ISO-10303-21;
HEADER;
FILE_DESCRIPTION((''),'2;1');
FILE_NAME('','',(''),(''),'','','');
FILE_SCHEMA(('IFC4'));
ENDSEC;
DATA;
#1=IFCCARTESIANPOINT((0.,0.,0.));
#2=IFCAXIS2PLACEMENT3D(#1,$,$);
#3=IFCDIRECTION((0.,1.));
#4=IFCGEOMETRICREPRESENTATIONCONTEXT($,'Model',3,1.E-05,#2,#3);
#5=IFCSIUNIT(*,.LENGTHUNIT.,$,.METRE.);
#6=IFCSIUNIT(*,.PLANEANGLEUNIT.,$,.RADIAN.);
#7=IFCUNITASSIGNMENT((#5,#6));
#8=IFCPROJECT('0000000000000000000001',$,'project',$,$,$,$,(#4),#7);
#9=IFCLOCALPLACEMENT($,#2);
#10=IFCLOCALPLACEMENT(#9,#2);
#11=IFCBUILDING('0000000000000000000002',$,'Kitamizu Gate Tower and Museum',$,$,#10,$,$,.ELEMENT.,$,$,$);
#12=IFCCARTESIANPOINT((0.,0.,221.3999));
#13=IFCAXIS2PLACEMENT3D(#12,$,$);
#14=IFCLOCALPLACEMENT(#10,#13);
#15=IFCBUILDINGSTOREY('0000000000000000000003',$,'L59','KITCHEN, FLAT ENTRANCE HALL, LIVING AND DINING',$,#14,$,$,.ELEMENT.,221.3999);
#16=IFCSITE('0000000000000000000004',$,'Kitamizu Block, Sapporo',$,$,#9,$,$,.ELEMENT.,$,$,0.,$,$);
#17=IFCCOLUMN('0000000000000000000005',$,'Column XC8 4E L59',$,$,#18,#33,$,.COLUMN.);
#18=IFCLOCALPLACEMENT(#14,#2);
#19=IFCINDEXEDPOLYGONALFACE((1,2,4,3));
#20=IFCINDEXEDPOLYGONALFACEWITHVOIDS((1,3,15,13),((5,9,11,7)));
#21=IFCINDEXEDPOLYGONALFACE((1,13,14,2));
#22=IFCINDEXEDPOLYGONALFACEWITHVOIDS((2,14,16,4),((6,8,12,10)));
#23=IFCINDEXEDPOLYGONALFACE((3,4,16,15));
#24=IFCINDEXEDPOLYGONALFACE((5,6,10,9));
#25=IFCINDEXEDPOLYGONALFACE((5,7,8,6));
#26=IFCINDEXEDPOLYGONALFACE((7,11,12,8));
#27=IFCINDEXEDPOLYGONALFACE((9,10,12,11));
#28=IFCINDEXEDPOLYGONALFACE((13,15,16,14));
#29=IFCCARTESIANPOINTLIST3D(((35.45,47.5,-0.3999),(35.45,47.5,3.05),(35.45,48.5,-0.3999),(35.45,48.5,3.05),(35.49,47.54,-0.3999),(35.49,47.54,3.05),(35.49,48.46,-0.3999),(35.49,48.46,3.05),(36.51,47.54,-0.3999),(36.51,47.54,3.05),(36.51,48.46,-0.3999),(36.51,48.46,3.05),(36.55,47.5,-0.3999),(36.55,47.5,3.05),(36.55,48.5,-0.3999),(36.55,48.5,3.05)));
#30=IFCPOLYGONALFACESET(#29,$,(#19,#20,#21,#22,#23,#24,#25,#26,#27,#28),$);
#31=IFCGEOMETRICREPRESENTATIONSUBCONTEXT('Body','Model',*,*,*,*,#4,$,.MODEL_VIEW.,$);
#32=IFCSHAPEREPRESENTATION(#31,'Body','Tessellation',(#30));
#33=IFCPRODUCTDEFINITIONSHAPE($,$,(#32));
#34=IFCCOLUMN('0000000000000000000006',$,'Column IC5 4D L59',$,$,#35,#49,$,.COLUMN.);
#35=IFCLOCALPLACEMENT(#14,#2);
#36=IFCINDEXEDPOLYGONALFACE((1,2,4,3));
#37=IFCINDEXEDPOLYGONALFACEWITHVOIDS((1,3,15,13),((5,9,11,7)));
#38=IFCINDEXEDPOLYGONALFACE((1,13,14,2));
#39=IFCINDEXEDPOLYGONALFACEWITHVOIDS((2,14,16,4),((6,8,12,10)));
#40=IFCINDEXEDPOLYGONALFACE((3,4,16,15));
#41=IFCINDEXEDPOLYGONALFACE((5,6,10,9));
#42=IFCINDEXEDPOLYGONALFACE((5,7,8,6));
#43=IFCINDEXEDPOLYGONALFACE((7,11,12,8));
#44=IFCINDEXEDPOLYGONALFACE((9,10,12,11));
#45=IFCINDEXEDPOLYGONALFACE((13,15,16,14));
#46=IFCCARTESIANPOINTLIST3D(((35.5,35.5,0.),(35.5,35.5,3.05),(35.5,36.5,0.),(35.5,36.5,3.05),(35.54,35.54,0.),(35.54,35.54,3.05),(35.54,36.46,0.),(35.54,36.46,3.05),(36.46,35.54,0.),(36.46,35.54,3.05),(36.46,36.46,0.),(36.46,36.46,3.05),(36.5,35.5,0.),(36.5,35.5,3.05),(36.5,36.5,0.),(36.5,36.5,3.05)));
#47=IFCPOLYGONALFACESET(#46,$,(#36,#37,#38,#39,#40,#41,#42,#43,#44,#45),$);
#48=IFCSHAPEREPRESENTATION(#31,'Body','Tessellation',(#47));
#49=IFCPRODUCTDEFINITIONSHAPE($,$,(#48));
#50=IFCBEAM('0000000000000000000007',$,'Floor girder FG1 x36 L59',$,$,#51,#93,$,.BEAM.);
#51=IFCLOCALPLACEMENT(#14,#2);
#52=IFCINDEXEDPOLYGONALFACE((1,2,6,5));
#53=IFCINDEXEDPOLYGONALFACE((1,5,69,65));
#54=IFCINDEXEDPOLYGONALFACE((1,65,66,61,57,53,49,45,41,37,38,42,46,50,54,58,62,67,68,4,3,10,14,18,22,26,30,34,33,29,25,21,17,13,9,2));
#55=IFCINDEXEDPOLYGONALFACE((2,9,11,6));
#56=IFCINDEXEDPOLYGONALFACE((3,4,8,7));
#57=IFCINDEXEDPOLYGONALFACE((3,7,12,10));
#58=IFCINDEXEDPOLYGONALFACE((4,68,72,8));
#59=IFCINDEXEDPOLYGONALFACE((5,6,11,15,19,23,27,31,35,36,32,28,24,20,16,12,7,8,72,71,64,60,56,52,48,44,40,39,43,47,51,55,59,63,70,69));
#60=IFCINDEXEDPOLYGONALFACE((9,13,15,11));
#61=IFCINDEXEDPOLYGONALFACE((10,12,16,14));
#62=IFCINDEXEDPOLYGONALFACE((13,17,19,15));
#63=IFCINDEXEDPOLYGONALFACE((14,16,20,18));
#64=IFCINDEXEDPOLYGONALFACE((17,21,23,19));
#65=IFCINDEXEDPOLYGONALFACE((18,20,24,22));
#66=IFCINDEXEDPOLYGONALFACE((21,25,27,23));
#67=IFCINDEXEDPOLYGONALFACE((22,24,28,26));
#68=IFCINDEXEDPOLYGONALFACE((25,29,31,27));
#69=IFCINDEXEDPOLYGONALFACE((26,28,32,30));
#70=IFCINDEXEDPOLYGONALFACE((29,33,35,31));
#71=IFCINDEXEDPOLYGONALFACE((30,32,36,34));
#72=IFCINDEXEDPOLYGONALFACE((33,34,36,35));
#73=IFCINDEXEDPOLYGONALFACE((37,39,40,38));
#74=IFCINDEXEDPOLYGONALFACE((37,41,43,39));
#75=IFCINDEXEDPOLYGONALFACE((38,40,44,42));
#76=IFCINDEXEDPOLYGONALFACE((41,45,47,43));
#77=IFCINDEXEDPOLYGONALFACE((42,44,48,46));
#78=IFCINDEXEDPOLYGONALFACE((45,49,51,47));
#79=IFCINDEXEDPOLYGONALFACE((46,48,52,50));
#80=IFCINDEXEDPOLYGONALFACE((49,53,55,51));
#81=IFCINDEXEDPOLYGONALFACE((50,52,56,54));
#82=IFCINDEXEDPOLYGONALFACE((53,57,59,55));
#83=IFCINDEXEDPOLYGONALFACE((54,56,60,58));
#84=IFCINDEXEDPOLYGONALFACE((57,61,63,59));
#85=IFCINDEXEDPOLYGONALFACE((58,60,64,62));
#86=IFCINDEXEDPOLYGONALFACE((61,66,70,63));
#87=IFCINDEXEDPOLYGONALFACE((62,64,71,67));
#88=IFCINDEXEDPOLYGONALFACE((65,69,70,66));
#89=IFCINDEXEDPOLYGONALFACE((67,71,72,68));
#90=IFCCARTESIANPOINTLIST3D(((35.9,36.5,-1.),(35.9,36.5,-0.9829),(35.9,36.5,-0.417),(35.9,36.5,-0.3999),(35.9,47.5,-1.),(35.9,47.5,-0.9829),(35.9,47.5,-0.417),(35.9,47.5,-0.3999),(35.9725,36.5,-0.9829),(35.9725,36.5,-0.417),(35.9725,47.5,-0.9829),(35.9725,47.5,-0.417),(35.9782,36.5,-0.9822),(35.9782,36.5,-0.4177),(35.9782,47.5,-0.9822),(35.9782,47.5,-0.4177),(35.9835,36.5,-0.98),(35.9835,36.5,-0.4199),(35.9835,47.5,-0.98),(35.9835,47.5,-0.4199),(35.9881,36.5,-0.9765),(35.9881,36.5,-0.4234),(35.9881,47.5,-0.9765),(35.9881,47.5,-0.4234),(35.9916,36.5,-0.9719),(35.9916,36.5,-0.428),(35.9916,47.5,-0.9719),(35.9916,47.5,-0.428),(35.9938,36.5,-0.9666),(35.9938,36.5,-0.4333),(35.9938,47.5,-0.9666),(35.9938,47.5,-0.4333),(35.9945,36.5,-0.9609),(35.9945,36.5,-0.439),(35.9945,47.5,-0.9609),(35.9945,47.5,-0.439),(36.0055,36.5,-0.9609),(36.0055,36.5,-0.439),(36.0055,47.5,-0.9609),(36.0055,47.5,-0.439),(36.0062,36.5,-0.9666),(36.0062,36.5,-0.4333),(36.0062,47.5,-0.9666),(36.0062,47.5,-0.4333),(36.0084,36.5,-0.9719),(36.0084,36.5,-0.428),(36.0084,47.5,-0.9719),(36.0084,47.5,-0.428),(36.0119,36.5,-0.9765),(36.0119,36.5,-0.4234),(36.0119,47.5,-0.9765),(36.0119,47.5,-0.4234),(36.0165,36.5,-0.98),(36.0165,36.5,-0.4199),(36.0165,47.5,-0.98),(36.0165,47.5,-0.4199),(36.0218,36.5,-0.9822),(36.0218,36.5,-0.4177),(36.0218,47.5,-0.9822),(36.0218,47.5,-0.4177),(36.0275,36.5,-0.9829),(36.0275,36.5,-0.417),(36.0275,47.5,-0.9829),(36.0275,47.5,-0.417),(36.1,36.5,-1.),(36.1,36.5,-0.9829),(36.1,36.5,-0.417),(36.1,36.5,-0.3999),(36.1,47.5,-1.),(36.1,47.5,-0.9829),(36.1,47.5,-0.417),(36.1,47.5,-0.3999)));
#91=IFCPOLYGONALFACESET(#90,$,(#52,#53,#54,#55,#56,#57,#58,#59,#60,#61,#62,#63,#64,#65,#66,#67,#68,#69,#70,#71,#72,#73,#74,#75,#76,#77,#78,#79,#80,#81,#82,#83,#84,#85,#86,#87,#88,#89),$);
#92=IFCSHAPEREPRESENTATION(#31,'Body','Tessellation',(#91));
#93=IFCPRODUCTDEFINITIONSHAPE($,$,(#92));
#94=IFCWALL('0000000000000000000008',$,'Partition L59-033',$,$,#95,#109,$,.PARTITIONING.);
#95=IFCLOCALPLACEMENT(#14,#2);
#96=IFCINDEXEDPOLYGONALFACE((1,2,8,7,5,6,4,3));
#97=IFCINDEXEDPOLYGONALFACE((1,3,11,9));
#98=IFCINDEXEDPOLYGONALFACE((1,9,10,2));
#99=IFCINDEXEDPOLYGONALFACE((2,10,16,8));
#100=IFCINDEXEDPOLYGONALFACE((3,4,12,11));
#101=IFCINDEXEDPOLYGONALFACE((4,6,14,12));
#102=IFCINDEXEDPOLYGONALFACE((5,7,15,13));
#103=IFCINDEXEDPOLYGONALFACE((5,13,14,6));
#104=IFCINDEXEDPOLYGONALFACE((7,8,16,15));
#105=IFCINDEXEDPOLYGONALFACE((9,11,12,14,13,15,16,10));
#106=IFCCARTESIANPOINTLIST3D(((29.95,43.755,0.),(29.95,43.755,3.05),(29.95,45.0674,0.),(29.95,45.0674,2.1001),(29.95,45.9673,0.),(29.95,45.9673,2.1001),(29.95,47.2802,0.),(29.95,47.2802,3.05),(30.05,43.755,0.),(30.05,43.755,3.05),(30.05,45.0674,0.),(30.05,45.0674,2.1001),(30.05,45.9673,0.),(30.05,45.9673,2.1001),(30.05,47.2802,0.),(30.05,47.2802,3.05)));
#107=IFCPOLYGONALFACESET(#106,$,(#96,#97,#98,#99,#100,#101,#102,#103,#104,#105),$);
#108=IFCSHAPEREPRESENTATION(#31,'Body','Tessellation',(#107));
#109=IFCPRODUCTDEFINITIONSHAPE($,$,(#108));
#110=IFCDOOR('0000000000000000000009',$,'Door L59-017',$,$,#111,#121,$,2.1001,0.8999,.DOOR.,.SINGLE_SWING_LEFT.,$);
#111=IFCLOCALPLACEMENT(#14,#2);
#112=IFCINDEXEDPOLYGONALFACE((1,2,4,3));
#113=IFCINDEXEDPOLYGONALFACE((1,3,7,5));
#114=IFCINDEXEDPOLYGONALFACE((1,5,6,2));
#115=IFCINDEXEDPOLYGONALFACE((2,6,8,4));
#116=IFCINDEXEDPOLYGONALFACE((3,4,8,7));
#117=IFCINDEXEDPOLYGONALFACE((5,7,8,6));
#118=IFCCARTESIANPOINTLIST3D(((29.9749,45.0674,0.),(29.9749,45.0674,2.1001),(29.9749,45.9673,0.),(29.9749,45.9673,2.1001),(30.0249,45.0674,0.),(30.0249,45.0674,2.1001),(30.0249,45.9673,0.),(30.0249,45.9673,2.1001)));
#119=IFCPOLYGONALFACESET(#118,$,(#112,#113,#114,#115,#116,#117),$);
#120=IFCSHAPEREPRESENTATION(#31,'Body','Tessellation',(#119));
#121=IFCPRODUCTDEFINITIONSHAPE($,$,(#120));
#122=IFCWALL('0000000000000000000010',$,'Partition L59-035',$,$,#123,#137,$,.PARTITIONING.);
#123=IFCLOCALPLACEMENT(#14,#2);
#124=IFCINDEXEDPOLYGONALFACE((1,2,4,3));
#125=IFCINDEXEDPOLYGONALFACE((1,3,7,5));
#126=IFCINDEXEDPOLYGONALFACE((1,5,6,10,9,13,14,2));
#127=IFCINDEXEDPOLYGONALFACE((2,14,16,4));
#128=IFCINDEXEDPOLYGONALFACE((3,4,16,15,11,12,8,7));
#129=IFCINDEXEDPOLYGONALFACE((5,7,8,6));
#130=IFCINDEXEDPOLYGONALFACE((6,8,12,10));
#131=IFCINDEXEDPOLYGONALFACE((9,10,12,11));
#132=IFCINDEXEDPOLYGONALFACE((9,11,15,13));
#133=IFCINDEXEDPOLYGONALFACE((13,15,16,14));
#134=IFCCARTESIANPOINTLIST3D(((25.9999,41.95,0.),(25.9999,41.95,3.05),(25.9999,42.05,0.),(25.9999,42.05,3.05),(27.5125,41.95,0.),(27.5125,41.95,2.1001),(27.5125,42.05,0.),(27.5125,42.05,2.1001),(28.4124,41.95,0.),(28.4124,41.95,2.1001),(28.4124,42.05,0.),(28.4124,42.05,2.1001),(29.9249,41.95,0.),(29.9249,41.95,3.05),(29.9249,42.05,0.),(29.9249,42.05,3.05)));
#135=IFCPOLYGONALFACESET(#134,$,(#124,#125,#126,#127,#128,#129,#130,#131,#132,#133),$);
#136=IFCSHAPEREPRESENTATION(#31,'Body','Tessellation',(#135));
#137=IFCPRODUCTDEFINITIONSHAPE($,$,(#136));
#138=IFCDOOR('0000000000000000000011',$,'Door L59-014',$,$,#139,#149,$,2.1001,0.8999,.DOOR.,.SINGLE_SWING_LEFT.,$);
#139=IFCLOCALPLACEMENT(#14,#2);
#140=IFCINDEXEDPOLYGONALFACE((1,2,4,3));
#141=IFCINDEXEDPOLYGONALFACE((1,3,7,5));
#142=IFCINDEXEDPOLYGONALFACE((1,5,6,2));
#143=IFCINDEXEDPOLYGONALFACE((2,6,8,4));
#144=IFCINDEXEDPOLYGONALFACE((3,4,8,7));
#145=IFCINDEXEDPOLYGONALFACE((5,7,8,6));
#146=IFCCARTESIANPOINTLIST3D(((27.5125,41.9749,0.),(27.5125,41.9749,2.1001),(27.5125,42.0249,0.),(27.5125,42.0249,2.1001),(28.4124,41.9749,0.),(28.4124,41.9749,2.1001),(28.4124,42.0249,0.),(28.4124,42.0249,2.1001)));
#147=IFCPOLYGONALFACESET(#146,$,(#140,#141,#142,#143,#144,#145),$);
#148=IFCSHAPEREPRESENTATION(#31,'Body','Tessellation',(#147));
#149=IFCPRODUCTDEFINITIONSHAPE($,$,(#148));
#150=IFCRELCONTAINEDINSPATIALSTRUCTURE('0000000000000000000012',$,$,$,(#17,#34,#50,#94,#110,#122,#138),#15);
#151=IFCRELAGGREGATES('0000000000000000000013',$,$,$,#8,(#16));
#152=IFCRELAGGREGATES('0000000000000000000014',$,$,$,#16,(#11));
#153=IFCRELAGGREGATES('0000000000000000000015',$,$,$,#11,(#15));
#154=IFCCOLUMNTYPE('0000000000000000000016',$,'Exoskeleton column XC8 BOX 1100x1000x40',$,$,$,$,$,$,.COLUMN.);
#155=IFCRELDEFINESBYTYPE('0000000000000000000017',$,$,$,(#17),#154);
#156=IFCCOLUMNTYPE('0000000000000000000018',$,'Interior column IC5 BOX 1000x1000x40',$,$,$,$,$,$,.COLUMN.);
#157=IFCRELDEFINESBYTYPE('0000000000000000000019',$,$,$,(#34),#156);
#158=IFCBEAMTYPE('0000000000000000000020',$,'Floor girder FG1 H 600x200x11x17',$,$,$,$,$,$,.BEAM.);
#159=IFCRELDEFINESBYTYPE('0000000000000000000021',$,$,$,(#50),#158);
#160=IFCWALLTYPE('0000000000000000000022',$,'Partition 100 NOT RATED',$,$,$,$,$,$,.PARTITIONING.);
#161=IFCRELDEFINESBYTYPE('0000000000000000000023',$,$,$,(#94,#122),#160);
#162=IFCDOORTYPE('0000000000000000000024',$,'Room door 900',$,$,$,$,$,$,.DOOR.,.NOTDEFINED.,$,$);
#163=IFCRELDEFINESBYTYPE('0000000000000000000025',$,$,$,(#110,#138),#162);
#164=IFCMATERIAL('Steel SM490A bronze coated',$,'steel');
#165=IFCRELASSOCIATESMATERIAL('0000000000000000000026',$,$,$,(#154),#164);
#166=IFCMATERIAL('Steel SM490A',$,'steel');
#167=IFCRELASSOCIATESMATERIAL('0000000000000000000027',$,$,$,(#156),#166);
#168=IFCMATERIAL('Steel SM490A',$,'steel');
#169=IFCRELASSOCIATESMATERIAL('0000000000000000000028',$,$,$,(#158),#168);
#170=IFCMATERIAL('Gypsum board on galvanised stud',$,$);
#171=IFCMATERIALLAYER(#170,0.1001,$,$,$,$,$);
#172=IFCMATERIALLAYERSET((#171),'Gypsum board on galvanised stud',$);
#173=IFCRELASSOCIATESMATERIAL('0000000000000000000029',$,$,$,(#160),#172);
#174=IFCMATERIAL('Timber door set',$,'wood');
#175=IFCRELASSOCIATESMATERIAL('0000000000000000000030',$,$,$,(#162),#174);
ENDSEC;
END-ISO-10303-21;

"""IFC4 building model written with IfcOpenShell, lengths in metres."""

from ifc_helpers import new_model, si_unit, direction, frame, frame_2d, origin, origin_2d, place, context, subcontext, project, spatial, rectangle, hollow_rectangle, i_section, extrude, material, layer, layer_set, material_profile, profile_set, type_object, element, fill, save


model = new_model("IFC4")

# Units and contexts
model_context = context("Model", 3, precision=1e-05, world=origin(), true_north=direction((0.0, 1.0)))
body_context = subcontext(model_context, "Body", "Model", "MODEL_VIEW")
ifc_project = project(units=[si_unit("LENGTHUNIT", "METRE"), si_unit("PLANEANGLEUNIT", "RADIAN")], contexts=[model_context])

# Site, building, storey
site_placement = place(None, origin())
site = spatial("IfcSite", under=ifc_project, at=site_placement, Name="Kitamizu Block, Sapporo", CompositionType="ELEMENT", RefElevation=0.0)
building_placement = place(site_placement, origin())
building = spatial("IfcBuilding", under=site, at=building_placement, Name="Kitamizu Gate Tower and Museum", CompositionType="ELEMENT")
storey_placement = place(building_placement, frame((0.0, 0.0, 221.3999)))
storey = spatial("IfcBuildingStorey", under=building, at=storey_placement, Name="L59", Description="KITCHEN, FLAT ENTRANCE HALL, LIVING AND DINING", CompositionType="ELEMENT", Elevation=221.3999)

# Columns
ifc_material_1 = material(Name="Steel SM490A bronze coated", Category="steel")
ifc_material_profile_1 = material_profile(ifc_material_1, hollow_rectangle(XDim=1.1001, YDim=1.0, WallThickness=0.04, at=origin_2d()), Name="BOX 1100x1000x40")
ifc_profile_set_1 = profile_set([ifc_material_profile_1], Name="Steel SM490A bronze coated")
column_type_1 = type_object("IfcColumnType", Name="Exoskeleton column XC8 BOX 1100x1000x40", PredefinedType="COLUMN", material=ifc_profile_set_1)
column_1_placement = place(storey_placement, frame((36.0, 48.0, -0.3999), z_axis=(0.0, 0.0, 1.0), x_axis=(1.0, 0.0, 0.0)))
element("IfcColumn", 1, at=column_1_placement, inside=storey, type_object=column_type_1, Name="Column XC8 4E L59", PredefinedType="COLUMN", context=body_context, shape_type="SweptSolid", body=[
    extrude(hollow_rectangle(XDim=1.1001, YDim=1.0, WallThickness=0.04, at=origin_2d()), origin(), (0.0, 0.0, 1.0), 3.45),
])
ifc_material_2 = material(Name="Steel SM490A", Category="steel")
ifc_material_profile_2 = material_profile(ifc_material_2, hollow_rectangle(XDim=1.0, YDim=1.0, WallThickness=0.04, at=origin_2d()), Name="BOX 1000x1000x40")
ifc_profile_set_2 = profile_set([ifc_material_profile_2], Name="Steel SM490A")
column_type_2 = type_object("IfcColumnType", Name="Interior column IC5 BOX 1000x1000x40", PredefinedType="COLUMN", material=ifc_profile_set_2)
column_2_placement = place(storey_placement, frame((36.0, 36.0, 0.0), z_axis=(0.0, 0.0, 1.0), x_axis=(1.0, 0.0, 0.0)))
element("IfcColumn", 2, at=column_2_placement, inside=storey, type_object=column_type_2, Name="Column IC5 4D L59", PredefinedType="COLUMN", context=body_context, shape_type="SweptSolid", body=[
    extrude(hollow_rectangle(XDim=1.0, YDim=1.0, WallThickness=0.04, at=origin_2d()), origin(), (0.0, 0.0, 1.0), 3.05),
])

# Beam
ifc_material_3 = material(Name="Steel SM490A", Category="steel")
ifc_material_profile_3 = material_profile(ifc_material_3, i_section(OverallWidth=0.2, OverallDepth=0.6001, WebThickness=0.011, FlangeThickness=0.0171, FilletRadius=0.022, at=origin_2d()), Name="H-600x200x11x17")
ifc_profile_set_3 = profile_set([ifc_material_profile_3], Name="Steel SM490A")
beam_type = type_object("IfcBeamType", Name="Floor girder FG1 H 600x200x11x17", PredefinedType="BEAM", material=ifc_profile_set_3)
beam_placement = place(storey_placement, frame((36.0, 36.5, -0.7), z_axis=(0.0, 1.0, 0.0), x_axis=(-1.0, 0.0, 0.0)))
element("IfcBeam", 3, at=beam_placement, inside=storey, type_object=beam_type, Name="Floor girder FG1 x36 L59", PredefinedType="BEAM", context=body_context, shape_type="SweptSolid", body=[
    extrude(i_section(OverallWidth=0.2, OverallDepth=0.6001, WebThickness=0.011, FlangeThickness=0.0171, FilletRadius=0.022, at=origin_2d()), origin(), (0.0, 0.0, 1.0), 11.0),
])

# Walls, openings, doors
ifc_material_4 = material(Name="Gypsum board on galvanised stud")
ifc_layer_1 = layer(ifc_material_4, 0.1001)
ifc_layer_set_1 = layer_set([ifc_layer_1], Name="Gypsum board on galvanised stud")
wall_type_1 = type_object("IfcWallType", Name="Partition 100 NOT RATED", PredefinedType="PARTITIONING", material=ifc_layer_set_1)
wall_1_placement = place(storey_placement, frame((30.0, 43.7549, 0.0), z_axis=(0.0, 0.0, 1.0), x_axis=(0.0, 1.0, 0.0)))
wall_1 = element("IfcWall", 4, at=wall_1_placement, inside=storey, type_object=wall_type_1, Name="Partition L59-033", PredefinedType="PARTITIONING", context=body_context, shape_type="SweptSolid", body=[
    extrude(rectangle(XDim=3.5251, YDim=0.1001, at=frame_2d((1.7627, 0.0))), origin(), (0.0, 0.0, 1.0), 3.05),
])
opening_1_placement = place(wall_1_placement, frame((1.3125, 0.0, 0.0)))
opening_1 = element("IfcOpeningElement", 5, at=opening_1_placement, cuts=wall_1, PredefinedType="OPENING", context=body_context, shape_type="SweptSolid", body=[
    extrude(rectangle(XDim=0.8999, YDim=2.1001, at=frame_2d((0.45, 1.05))), frame((0.0, 0.0601, 0.0), z_axis=(0.0, -1.0, 0.0), x_axis=(1.0, 0.0, 0.0)), (0.0, 0.0, 1.0), 0.1201),
])
ifc_material_5 = material(Name="Timber door set", Category="wood")
door_type_1 = type_object("IfcDoorType", Name="Room door 900", OperationType="NOTDEFINED", PredefinedType="DOOR", material=ifc_material_5)
door_1_placement = place(opening_1_placement, frame((0.8999, 0.0, 0.0), x_axis=(-1.0, 0.0, 0.0)))
door_1 = element("IfcDoor", 6, at=door_1_placement, inside=storey, type_object=door_type_1, Name="Door L59-017", OperationType="SINGLE_SWING_LEFT", OverallHeight=2.1001, OverallWidth=0.8999, PredefinedType="DOOR", context=body_context, shape_type="SweptSolid", body=[
    extrude(rectangle(XDim=0.8999, YDim=2.1001, at=frame_2d((0.45, 1.05))), frame((0.0, 0.0249, 0.0), z_axis=(0.0, -1.0, 0.0), x_axis=(1.0, 0.0, 0.0)), (0.0, 0.0, 1.0), 0.05),
])
fill(opening_1, door_1)
wall_2_placement = place(storey_placement, frame((26.0, 42.0, 0.0), z_axis=(0.0, 0.0, 1.0), x_axis=(1.0, 0.0, 0.0)))
wall_2 = element("IfcWall", 7, at=wall_2_placement, inside=storey, type_object=wall_type_1, Name="Partition L59-035", PredefinedType="PARTITIONING", context=body_context, shape_type="SweptSolid", body=[
    extrude(rectangle(XDim=3.925, YDim=0.1001, at=frame_2d((1.9624, 0.0))), origin(), (0.0, 0.0, 1.0), 3.05),
])
opening_2_placement = place(wall_2_placement, frame((1.5125, 0.0, 0.0)))
opening_2 = element("IfcOpeningElement", 8, at=opening_2_placement, cuts=wall_2, PredefinedType="OPENING", context=body_context, shape_type="SweptSolid", body=[
    extrude(rectangle(XDim=0.8999, YDim=2.1001, at=frame_2d((0.45, 1.05))), frame((0.0, 0.0601, 0.0), z_axis=(0.0, -1.0, 0.0), x_axis=(1.0, 0.0, 0.0)), (0.0, 0.0, 1.0), 0.1201),
])
door_2_placement = place(opening_2_placement, origin())
door_2 = element("IfcDoor", 9, at=door_2_placement, inside=storey, type_object=door_type_1, Name="Door L59-014", OperationType="SINGLE_SWING_LEFT", OverallHeight=2.1001, OverallWidth=0.8999, PredefinedType="DOOR", context=body_context, shape_type="SweptSolid", body=[
    extrude(rectangle(XDim=0.8999, YDim=2.1001, at=frame_2d((0.45, 1.05))), frame((0.0, 0.0249, 0.0), z_axis=(0.0, -1.0, 0.0), x_axis=(1.0, 0.0, 0.0)), (0.0, 0.0, 1.0), 0.05),
])
fill(opening_2, door_2)

save(model, "model.ifc")
